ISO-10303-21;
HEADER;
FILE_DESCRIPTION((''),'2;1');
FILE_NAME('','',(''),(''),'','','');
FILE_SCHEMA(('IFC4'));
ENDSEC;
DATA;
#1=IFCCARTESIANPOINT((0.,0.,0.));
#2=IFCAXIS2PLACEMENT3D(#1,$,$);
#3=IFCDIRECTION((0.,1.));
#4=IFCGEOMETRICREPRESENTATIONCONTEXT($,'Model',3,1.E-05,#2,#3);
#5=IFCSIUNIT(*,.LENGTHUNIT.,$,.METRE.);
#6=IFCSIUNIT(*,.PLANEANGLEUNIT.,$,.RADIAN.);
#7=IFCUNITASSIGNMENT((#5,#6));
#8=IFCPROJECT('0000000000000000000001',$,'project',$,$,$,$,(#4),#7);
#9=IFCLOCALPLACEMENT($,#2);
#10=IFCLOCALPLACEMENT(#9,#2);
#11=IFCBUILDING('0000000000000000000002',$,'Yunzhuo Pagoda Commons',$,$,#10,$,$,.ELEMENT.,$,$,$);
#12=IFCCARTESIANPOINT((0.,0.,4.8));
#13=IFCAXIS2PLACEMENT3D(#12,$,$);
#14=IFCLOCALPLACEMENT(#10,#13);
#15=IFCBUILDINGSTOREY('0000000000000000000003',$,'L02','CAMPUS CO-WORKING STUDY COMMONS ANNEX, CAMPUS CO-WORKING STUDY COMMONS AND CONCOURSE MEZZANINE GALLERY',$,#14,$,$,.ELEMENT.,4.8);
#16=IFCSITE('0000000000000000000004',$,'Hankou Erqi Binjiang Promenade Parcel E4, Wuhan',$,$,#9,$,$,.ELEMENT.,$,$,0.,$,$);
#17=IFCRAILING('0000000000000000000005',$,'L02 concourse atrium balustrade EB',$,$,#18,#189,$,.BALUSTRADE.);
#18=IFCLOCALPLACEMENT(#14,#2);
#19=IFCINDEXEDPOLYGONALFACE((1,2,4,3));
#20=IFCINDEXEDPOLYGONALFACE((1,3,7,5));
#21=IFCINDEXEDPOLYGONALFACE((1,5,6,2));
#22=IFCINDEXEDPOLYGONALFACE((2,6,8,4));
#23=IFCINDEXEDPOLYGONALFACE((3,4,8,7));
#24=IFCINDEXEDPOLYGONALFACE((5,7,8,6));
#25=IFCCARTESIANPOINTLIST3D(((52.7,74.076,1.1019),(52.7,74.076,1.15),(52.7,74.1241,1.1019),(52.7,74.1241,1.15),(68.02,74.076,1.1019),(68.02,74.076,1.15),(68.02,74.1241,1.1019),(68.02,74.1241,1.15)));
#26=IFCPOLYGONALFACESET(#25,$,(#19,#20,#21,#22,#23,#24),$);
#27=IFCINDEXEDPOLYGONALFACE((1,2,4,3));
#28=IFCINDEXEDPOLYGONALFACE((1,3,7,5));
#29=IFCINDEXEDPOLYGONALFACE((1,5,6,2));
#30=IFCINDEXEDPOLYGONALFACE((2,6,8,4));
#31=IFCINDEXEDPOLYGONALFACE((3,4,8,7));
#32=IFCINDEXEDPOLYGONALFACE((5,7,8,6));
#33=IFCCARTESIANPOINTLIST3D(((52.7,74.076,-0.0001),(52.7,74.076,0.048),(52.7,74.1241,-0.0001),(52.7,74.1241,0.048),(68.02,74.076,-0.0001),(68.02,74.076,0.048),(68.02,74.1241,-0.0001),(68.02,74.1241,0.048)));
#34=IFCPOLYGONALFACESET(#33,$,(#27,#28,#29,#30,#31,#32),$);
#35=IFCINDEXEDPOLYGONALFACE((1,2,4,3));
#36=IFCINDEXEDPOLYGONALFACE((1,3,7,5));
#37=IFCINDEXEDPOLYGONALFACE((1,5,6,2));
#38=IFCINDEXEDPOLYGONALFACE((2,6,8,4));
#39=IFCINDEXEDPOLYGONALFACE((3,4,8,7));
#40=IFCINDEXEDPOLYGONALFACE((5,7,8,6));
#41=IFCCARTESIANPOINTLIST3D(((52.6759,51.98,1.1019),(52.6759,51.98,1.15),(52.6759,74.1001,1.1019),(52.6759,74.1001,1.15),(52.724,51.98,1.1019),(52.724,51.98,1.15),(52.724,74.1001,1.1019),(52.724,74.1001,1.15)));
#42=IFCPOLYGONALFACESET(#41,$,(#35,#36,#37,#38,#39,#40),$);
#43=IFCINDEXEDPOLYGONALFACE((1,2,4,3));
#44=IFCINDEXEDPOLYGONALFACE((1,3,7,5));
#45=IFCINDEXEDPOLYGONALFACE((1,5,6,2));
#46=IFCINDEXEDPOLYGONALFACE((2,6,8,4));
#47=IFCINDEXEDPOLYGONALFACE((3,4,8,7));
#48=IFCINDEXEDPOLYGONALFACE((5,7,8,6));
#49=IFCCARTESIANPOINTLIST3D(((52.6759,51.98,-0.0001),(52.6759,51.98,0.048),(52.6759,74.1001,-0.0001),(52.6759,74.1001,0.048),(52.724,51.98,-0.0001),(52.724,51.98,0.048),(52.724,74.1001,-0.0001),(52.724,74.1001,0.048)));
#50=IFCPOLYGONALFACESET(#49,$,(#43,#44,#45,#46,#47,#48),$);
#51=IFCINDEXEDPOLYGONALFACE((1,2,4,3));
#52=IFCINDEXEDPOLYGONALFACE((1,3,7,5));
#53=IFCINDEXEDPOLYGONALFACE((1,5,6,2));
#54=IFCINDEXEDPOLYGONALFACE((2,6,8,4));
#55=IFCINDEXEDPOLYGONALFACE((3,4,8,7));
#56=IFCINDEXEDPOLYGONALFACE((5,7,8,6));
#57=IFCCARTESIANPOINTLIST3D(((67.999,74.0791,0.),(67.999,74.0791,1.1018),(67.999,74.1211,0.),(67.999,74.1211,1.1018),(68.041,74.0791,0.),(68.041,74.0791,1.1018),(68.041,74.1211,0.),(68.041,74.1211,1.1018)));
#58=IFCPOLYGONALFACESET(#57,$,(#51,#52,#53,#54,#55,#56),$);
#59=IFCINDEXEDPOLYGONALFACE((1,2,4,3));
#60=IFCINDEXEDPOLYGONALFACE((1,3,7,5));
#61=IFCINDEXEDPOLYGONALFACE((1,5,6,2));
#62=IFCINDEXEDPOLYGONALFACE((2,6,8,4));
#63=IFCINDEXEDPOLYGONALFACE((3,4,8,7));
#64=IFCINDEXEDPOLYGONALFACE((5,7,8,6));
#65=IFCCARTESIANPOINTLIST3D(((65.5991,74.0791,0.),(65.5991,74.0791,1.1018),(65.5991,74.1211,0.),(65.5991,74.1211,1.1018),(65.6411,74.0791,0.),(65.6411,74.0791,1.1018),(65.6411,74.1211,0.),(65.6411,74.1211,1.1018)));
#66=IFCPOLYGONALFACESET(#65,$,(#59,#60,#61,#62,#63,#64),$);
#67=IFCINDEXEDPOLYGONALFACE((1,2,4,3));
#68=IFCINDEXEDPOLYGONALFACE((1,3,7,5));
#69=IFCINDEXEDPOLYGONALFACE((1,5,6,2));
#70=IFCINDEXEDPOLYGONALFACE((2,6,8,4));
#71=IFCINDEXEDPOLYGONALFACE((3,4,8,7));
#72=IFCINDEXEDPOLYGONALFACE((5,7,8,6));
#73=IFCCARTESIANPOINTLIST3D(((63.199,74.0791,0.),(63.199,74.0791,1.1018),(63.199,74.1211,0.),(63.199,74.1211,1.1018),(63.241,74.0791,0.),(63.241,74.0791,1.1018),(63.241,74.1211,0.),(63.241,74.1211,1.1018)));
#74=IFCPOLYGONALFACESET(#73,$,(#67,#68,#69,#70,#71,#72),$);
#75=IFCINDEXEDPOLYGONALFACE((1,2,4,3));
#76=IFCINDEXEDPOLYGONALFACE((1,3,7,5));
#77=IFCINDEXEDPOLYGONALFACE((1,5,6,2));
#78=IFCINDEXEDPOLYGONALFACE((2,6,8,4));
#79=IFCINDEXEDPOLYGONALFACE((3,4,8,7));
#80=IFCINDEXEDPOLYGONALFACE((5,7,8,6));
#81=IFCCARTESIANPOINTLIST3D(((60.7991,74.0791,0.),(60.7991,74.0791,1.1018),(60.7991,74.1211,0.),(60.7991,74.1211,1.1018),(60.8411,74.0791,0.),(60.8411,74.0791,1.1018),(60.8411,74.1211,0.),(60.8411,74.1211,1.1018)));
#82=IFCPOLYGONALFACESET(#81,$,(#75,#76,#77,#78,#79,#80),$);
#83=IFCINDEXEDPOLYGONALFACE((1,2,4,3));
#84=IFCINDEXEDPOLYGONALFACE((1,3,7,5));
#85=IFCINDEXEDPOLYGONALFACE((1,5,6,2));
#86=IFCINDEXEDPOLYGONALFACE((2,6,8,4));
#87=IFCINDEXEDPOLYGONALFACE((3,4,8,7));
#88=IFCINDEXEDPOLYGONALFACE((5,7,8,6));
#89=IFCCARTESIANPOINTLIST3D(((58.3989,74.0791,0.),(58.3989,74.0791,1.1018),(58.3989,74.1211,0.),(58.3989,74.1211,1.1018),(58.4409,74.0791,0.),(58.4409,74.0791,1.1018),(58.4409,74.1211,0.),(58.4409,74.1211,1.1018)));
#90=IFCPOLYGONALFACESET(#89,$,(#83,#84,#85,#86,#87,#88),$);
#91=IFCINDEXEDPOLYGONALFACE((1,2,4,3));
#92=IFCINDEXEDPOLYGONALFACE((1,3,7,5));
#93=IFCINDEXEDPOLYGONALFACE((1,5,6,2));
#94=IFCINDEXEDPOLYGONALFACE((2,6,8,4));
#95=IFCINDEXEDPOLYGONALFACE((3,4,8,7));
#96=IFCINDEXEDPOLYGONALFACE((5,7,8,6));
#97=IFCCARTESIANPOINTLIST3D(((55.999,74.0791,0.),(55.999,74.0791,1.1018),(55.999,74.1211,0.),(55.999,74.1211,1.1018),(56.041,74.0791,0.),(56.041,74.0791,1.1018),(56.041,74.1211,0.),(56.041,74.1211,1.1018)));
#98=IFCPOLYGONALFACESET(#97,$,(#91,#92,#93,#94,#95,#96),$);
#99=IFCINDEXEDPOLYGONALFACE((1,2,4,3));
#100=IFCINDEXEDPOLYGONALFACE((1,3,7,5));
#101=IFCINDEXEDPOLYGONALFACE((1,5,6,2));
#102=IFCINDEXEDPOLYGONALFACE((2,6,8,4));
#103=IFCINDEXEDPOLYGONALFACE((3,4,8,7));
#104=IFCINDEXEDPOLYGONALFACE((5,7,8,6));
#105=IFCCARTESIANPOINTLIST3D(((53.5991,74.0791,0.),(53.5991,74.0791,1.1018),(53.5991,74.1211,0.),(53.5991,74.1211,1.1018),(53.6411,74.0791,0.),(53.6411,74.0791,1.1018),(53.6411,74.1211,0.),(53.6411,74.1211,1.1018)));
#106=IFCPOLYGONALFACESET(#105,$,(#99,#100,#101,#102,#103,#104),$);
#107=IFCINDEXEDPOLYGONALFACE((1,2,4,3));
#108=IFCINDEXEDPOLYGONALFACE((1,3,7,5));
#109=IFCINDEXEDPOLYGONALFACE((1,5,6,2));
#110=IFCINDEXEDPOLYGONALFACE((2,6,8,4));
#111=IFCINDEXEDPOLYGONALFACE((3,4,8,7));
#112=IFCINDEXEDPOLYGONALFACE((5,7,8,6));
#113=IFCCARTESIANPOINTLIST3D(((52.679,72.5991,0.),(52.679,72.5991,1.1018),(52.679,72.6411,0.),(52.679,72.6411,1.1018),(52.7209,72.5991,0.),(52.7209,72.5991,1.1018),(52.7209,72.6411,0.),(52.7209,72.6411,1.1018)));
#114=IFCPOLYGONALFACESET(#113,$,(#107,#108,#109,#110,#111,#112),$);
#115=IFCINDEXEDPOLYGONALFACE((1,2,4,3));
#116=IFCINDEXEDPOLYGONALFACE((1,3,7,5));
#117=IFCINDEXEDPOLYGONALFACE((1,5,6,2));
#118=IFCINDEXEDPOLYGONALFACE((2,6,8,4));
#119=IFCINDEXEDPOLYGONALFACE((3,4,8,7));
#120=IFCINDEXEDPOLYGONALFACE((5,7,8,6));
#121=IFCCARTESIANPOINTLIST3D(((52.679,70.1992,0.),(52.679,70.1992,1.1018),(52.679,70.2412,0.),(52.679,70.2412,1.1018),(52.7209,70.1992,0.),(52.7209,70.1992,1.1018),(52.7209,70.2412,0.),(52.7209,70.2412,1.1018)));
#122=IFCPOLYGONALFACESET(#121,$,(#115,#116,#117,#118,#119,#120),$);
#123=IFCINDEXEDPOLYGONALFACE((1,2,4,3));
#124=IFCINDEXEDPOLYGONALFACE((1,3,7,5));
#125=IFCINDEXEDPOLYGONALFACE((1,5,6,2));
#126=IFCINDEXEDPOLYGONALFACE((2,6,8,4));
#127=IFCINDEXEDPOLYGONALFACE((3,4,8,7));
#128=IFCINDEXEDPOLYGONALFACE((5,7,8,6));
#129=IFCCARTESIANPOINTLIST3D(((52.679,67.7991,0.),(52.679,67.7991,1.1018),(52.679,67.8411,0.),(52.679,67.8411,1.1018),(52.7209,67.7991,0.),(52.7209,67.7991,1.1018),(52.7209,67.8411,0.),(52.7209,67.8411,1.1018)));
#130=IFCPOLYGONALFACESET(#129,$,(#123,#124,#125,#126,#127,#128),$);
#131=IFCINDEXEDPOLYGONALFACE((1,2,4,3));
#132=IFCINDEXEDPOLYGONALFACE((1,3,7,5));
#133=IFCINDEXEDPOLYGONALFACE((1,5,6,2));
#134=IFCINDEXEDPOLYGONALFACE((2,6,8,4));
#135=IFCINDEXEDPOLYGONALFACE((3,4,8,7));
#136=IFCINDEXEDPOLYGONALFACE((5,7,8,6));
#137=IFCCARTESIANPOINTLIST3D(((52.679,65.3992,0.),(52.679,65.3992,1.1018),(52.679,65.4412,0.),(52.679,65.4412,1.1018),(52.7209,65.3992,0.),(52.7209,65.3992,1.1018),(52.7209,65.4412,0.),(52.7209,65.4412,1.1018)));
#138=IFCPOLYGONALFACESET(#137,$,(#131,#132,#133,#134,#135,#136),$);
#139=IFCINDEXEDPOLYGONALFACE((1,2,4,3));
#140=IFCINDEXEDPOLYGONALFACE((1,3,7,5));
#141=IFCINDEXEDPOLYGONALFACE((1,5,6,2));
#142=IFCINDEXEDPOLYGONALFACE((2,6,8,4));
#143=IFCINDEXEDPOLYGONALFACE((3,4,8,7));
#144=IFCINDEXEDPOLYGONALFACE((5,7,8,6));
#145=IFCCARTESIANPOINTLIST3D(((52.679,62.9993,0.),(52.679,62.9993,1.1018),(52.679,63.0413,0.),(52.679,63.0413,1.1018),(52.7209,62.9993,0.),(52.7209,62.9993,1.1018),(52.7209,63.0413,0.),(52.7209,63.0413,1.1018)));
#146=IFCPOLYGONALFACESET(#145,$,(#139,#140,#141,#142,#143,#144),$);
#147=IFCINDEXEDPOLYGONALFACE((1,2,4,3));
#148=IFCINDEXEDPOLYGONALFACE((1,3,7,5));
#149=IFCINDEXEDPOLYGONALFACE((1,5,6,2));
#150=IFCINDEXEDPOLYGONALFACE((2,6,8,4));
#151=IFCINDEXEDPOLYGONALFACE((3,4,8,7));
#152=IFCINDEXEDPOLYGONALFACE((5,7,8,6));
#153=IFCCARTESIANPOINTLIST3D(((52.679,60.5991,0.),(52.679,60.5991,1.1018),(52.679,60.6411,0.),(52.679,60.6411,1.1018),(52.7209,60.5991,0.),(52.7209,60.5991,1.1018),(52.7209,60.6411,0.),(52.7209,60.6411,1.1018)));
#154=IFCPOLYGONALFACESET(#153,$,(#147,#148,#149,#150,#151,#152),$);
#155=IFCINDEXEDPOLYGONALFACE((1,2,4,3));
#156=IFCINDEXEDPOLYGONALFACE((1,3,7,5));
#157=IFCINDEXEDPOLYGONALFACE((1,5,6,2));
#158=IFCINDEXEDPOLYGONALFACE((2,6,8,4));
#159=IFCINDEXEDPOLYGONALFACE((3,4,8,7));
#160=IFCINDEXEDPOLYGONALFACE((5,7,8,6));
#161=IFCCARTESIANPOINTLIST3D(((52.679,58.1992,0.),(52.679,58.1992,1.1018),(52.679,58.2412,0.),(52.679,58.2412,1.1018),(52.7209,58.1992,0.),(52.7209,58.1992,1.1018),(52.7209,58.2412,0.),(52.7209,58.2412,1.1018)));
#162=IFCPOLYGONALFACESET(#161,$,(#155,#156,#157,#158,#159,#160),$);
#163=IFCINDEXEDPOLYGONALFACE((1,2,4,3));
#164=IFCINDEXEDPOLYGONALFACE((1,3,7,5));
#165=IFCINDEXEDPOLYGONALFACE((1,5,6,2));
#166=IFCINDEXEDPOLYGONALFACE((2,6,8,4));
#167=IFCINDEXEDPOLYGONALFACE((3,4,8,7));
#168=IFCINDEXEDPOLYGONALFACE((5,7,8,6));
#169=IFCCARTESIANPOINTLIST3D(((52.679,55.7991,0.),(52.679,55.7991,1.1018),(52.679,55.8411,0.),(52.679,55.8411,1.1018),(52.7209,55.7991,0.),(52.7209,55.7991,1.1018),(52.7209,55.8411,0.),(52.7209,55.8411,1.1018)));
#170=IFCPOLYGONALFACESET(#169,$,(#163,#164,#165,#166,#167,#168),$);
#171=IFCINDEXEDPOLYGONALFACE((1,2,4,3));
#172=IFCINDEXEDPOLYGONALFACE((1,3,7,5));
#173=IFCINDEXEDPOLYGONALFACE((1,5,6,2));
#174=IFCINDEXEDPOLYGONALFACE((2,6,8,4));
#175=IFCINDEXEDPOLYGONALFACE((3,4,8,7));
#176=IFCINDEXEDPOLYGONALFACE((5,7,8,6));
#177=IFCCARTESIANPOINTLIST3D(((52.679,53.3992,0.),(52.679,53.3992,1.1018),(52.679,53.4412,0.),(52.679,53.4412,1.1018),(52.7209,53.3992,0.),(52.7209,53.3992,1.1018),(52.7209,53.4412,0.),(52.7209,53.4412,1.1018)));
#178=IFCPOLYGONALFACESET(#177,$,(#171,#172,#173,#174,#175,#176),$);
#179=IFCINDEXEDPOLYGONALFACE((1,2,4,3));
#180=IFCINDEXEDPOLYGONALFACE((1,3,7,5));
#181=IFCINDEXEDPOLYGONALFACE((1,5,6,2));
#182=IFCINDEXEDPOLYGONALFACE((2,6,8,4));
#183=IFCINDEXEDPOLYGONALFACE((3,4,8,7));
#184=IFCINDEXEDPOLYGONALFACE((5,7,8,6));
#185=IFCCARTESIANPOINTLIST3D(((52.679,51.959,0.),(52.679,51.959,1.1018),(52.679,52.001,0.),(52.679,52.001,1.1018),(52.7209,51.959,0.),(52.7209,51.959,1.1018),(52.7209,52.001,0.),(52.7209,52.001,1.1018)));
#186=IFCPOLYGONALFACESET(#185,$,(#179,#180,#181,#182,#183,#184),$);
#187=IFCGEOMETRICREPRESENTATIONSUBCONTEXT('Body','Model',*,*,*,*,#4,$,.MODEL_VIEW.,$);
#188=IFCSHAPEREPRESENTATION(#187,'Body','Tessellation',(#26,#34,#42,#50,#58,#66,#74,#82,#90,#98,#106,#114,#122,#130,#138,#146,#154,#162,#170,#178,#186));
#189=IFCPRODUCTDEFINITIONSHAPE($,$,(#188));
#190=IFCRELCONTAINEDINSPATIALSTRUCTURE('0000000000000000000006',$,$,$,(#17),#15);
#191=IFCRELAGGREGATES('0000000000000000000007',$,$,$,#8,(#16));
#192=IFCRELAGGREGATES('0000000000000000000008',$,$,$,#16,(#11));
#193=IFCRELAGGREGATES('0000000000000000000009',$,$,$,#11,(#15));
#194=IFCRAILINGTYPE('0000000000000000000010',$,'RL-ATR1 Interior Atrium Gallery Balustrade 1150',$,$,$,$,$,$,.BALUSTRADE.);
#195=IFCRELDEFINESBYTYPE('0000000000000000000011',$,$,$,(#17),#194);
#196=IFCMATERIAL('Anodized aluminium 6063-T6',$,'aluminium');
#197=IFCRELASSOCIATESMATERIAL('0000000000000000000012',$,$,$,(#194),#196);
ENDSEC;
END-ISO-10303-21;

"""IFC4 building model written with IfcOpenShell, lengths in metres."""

from ifc_helpers import new_model, si_unit, direction, frame, origin, origin_2d, place, context, subcontext, project, spatial, rectangle, extrude, material, type_object, element, save


model = new_model("IFC4")

# Units and contexts
model_context = context("Model", 3, precision=1e-05, world=origin(), true_north=direction((0.0, 1.0)))
body_context = subcontext(model_context, "Body", "Model", "MODEL_VIEW")
ifc_project = project(units=[si_unit("LENGTHUNIT", "METRE"), si_unit("PLANEANGLEUNIT", "RADIAN")], contexts=[model_context])

# Site, building, storey
site_placement = place(None, origin())
site = spatial("IfcSite", under=ifc_project, at=site_placement, Name="Hankou Erqi Binjiang Promenade Parcel E4, Wuhan", CompositionType="ELEMENT", RefElevation=0.0)
building_placement = place(site_placement, origin())
building = spatial("IfcBuilding", under=site, at=building_placement, Name="Yunzhuo Pagoda Commons", CompositionType="ELEMENT")
storey_placement = place(building_placement, frame((0.0, 0.0, 4.8)))
storey = spatial("IfcBuildingStorey", under=building, at=storey_placement, Name="L02", Description="CAMPUS CO-WORKING STUDY COMMONS ANNEX, CAMPUS CO-WORKING STUDY COMMONS AND CONCOURSE MEZZANINE GALLERY", CompositionType="ELEMENT", Elevation=4.8)

# Shared definitions
ifc_material_1 = material(Name="Anodized aluminium 6063-T6", Category="aluminium")

# Railing
railing_type = type_object("IfcRailingType", Name="RL-ATR1 Interior Atrium Gallery Balustrade 1150", PredefinedType="BALUSTRADE", material=ifc_material_1)
railing_placement = place(storey_placement, frame((68.02, 74.1001, 0.0)))
element("IfcRailing", 1, at=railing_placement, inside=storey, type_object=railing_type, Name="L02 concourse atrium balustrade EB", PredefinedType="BALUSTRADE", context=body_context, shape_type="SweptSolid", body=[
    extrude(rectangle(XDim=0.0481, YDim=0.0481, at=origin_2d()), frame((0.0, 0.0, 1.126), z_axis=(-1.0, 0.0, 0.0), x_axis=(0.0, -1.0, 0.0)), (0.0, 0.0, 1.0), 15.3201),
    extrude(rectangle(XDim=0.0481, YDim=0.0481, at=origin_2d()), frame((0.0, 0.0, 0.0239), z_axis=(-1.0, 0.0, 0.0), x_axis=(0.0, -1.0, 0.0)), (0.0, 0.0, 1.0), 15.3201),
    extrude(rectangle(XDim=0.0481, YDim=0.0481, at=origin_2d()), frame((-15.3201, 0.0, 1.126), z_axis=(0.0, -1.0, 0.0), x_axis=(1.0, 0.0, 0.0)), (0.0, 0.0, 1.0), 22.1201),
    extrude(rectangle(XDim=0.0481, YDim=0.0481, at=origin_2d()), frame((-15.3201, 0.0, 0.0239), z_axis=(0.0, -1.0, 0.0), x_axis=(1.0, 0.0, 0.0)), (0.0, 0.0, 1.0), 22.1201),
    extrude(rectangle(XDim=0.042, YDim=0.042, at=origin_2d()), origin(), (0.0, 0.0, 1.0), 1.1018),
    extrude(rectangle(XDim=0.042, YDim=0.042, at=origin_2d()), frame((-2.3999, 0.0, 0.0)), (0.0, 0.0, 1.0), 1.1018),
    extrude(rectangle(XDim=0.042, YDim=0.042, at=origin_2d()), frame((-4.8, 0.0, 0.0)), (0.0, 0.0, 1.0), 1.1018),
    extrude(rectangle(XDim=0.042, YDim=0.042, at=origin_2d()), frame((-7.2, 0.0, 0.0)), (0.0, 0.0, 1.0), 1.1018),
    extrude(rectangle(XDim=0.042, YDim=0.042, at=origin_2d()), frame((-9.6001, 0.0, 0.0)), (0.0, 0.0, 1.0), 1.1018),
    extrude(rectangle(XDim=0.042, YDim=0.042, at=origin_2d()), frame((-12.0, 0.0, 0.0)), (0.0, 0.0, 1.0), 1.1018),
    extrude(rectangle(XDim=0.042, YDim=0.042, at=origin_2d()), frame((-14.3999, 0.0, 0.0)), (0.0, 0.0, 1.0), 1.1018),
    extrude(rectangle(XDim=0.042, YDim=0.042, at=origin_2d()), frame((-15.3201, -1.48, 0.0)), (0.0, 0.0, 1.0), 1.1018),
    extrude(rectangle(XDim=0.042, YDim=0.042, at=origin_2d()), frame((-15.3201, -3.8799, 0.0)), (0.0, 0.0, 1.0), 1.1018),
    extrude(rectangle(XDim=0.042, YDim=0.042, at=origin_2d()), frame((-15.3201, -6.28, 0.0)), (0.0, 0.0, 1.0), 1.1018),
    extrude(rectangle(XDim=0.042, YDim=0.042, at=origin_2d()), frame((-15.3201, -8.6799, 0.0)), (0.0, 0.0, 1.0), 1.1018),
    extrude(rectangle(XDim=0.042, YDim=0.042, at=origin_2d()), frame((-15.3201, -11.0798, 0.0)), (0.0, 0.0, 1.0), 1.1018),
    extrude(rectangle(XDim=0.042, YDim=0.042, at=origin_2d()), frame((-15.3201, -13.48, 0.0)), (0.0, 0.0, 1.0), 1.1018),
    extrude(rectangle(XDim=0.042, YDim=0.042, at=origin_2d()), frame((-15.3201, -15.8799, 0.0)), (0.0, 0.0, 1.0), 1.1018),
    extrude(rectangle(XDim=0.042, YDim=0.042, at=origin_2d()), frame((-15.3201, -18.28, 0.0)), (0.0, 0.0, 1.0), 1.1018),
    extrude(rectangle(XDim=0.042, YDim=0.042, at=origin_2d()), frame((-15.3201, -20.6799, 0.0)), (0.0, 0.0, 1.0), 1.1018),
    extrude(rectangle(XDim=0.042, YDim=0.042, at=origin_2d()), frame((-15.3201, -22.1201, 0.0)), (0.0, 0.0, 1.0), 1.1018),
])

save(model, "model.ifc")
